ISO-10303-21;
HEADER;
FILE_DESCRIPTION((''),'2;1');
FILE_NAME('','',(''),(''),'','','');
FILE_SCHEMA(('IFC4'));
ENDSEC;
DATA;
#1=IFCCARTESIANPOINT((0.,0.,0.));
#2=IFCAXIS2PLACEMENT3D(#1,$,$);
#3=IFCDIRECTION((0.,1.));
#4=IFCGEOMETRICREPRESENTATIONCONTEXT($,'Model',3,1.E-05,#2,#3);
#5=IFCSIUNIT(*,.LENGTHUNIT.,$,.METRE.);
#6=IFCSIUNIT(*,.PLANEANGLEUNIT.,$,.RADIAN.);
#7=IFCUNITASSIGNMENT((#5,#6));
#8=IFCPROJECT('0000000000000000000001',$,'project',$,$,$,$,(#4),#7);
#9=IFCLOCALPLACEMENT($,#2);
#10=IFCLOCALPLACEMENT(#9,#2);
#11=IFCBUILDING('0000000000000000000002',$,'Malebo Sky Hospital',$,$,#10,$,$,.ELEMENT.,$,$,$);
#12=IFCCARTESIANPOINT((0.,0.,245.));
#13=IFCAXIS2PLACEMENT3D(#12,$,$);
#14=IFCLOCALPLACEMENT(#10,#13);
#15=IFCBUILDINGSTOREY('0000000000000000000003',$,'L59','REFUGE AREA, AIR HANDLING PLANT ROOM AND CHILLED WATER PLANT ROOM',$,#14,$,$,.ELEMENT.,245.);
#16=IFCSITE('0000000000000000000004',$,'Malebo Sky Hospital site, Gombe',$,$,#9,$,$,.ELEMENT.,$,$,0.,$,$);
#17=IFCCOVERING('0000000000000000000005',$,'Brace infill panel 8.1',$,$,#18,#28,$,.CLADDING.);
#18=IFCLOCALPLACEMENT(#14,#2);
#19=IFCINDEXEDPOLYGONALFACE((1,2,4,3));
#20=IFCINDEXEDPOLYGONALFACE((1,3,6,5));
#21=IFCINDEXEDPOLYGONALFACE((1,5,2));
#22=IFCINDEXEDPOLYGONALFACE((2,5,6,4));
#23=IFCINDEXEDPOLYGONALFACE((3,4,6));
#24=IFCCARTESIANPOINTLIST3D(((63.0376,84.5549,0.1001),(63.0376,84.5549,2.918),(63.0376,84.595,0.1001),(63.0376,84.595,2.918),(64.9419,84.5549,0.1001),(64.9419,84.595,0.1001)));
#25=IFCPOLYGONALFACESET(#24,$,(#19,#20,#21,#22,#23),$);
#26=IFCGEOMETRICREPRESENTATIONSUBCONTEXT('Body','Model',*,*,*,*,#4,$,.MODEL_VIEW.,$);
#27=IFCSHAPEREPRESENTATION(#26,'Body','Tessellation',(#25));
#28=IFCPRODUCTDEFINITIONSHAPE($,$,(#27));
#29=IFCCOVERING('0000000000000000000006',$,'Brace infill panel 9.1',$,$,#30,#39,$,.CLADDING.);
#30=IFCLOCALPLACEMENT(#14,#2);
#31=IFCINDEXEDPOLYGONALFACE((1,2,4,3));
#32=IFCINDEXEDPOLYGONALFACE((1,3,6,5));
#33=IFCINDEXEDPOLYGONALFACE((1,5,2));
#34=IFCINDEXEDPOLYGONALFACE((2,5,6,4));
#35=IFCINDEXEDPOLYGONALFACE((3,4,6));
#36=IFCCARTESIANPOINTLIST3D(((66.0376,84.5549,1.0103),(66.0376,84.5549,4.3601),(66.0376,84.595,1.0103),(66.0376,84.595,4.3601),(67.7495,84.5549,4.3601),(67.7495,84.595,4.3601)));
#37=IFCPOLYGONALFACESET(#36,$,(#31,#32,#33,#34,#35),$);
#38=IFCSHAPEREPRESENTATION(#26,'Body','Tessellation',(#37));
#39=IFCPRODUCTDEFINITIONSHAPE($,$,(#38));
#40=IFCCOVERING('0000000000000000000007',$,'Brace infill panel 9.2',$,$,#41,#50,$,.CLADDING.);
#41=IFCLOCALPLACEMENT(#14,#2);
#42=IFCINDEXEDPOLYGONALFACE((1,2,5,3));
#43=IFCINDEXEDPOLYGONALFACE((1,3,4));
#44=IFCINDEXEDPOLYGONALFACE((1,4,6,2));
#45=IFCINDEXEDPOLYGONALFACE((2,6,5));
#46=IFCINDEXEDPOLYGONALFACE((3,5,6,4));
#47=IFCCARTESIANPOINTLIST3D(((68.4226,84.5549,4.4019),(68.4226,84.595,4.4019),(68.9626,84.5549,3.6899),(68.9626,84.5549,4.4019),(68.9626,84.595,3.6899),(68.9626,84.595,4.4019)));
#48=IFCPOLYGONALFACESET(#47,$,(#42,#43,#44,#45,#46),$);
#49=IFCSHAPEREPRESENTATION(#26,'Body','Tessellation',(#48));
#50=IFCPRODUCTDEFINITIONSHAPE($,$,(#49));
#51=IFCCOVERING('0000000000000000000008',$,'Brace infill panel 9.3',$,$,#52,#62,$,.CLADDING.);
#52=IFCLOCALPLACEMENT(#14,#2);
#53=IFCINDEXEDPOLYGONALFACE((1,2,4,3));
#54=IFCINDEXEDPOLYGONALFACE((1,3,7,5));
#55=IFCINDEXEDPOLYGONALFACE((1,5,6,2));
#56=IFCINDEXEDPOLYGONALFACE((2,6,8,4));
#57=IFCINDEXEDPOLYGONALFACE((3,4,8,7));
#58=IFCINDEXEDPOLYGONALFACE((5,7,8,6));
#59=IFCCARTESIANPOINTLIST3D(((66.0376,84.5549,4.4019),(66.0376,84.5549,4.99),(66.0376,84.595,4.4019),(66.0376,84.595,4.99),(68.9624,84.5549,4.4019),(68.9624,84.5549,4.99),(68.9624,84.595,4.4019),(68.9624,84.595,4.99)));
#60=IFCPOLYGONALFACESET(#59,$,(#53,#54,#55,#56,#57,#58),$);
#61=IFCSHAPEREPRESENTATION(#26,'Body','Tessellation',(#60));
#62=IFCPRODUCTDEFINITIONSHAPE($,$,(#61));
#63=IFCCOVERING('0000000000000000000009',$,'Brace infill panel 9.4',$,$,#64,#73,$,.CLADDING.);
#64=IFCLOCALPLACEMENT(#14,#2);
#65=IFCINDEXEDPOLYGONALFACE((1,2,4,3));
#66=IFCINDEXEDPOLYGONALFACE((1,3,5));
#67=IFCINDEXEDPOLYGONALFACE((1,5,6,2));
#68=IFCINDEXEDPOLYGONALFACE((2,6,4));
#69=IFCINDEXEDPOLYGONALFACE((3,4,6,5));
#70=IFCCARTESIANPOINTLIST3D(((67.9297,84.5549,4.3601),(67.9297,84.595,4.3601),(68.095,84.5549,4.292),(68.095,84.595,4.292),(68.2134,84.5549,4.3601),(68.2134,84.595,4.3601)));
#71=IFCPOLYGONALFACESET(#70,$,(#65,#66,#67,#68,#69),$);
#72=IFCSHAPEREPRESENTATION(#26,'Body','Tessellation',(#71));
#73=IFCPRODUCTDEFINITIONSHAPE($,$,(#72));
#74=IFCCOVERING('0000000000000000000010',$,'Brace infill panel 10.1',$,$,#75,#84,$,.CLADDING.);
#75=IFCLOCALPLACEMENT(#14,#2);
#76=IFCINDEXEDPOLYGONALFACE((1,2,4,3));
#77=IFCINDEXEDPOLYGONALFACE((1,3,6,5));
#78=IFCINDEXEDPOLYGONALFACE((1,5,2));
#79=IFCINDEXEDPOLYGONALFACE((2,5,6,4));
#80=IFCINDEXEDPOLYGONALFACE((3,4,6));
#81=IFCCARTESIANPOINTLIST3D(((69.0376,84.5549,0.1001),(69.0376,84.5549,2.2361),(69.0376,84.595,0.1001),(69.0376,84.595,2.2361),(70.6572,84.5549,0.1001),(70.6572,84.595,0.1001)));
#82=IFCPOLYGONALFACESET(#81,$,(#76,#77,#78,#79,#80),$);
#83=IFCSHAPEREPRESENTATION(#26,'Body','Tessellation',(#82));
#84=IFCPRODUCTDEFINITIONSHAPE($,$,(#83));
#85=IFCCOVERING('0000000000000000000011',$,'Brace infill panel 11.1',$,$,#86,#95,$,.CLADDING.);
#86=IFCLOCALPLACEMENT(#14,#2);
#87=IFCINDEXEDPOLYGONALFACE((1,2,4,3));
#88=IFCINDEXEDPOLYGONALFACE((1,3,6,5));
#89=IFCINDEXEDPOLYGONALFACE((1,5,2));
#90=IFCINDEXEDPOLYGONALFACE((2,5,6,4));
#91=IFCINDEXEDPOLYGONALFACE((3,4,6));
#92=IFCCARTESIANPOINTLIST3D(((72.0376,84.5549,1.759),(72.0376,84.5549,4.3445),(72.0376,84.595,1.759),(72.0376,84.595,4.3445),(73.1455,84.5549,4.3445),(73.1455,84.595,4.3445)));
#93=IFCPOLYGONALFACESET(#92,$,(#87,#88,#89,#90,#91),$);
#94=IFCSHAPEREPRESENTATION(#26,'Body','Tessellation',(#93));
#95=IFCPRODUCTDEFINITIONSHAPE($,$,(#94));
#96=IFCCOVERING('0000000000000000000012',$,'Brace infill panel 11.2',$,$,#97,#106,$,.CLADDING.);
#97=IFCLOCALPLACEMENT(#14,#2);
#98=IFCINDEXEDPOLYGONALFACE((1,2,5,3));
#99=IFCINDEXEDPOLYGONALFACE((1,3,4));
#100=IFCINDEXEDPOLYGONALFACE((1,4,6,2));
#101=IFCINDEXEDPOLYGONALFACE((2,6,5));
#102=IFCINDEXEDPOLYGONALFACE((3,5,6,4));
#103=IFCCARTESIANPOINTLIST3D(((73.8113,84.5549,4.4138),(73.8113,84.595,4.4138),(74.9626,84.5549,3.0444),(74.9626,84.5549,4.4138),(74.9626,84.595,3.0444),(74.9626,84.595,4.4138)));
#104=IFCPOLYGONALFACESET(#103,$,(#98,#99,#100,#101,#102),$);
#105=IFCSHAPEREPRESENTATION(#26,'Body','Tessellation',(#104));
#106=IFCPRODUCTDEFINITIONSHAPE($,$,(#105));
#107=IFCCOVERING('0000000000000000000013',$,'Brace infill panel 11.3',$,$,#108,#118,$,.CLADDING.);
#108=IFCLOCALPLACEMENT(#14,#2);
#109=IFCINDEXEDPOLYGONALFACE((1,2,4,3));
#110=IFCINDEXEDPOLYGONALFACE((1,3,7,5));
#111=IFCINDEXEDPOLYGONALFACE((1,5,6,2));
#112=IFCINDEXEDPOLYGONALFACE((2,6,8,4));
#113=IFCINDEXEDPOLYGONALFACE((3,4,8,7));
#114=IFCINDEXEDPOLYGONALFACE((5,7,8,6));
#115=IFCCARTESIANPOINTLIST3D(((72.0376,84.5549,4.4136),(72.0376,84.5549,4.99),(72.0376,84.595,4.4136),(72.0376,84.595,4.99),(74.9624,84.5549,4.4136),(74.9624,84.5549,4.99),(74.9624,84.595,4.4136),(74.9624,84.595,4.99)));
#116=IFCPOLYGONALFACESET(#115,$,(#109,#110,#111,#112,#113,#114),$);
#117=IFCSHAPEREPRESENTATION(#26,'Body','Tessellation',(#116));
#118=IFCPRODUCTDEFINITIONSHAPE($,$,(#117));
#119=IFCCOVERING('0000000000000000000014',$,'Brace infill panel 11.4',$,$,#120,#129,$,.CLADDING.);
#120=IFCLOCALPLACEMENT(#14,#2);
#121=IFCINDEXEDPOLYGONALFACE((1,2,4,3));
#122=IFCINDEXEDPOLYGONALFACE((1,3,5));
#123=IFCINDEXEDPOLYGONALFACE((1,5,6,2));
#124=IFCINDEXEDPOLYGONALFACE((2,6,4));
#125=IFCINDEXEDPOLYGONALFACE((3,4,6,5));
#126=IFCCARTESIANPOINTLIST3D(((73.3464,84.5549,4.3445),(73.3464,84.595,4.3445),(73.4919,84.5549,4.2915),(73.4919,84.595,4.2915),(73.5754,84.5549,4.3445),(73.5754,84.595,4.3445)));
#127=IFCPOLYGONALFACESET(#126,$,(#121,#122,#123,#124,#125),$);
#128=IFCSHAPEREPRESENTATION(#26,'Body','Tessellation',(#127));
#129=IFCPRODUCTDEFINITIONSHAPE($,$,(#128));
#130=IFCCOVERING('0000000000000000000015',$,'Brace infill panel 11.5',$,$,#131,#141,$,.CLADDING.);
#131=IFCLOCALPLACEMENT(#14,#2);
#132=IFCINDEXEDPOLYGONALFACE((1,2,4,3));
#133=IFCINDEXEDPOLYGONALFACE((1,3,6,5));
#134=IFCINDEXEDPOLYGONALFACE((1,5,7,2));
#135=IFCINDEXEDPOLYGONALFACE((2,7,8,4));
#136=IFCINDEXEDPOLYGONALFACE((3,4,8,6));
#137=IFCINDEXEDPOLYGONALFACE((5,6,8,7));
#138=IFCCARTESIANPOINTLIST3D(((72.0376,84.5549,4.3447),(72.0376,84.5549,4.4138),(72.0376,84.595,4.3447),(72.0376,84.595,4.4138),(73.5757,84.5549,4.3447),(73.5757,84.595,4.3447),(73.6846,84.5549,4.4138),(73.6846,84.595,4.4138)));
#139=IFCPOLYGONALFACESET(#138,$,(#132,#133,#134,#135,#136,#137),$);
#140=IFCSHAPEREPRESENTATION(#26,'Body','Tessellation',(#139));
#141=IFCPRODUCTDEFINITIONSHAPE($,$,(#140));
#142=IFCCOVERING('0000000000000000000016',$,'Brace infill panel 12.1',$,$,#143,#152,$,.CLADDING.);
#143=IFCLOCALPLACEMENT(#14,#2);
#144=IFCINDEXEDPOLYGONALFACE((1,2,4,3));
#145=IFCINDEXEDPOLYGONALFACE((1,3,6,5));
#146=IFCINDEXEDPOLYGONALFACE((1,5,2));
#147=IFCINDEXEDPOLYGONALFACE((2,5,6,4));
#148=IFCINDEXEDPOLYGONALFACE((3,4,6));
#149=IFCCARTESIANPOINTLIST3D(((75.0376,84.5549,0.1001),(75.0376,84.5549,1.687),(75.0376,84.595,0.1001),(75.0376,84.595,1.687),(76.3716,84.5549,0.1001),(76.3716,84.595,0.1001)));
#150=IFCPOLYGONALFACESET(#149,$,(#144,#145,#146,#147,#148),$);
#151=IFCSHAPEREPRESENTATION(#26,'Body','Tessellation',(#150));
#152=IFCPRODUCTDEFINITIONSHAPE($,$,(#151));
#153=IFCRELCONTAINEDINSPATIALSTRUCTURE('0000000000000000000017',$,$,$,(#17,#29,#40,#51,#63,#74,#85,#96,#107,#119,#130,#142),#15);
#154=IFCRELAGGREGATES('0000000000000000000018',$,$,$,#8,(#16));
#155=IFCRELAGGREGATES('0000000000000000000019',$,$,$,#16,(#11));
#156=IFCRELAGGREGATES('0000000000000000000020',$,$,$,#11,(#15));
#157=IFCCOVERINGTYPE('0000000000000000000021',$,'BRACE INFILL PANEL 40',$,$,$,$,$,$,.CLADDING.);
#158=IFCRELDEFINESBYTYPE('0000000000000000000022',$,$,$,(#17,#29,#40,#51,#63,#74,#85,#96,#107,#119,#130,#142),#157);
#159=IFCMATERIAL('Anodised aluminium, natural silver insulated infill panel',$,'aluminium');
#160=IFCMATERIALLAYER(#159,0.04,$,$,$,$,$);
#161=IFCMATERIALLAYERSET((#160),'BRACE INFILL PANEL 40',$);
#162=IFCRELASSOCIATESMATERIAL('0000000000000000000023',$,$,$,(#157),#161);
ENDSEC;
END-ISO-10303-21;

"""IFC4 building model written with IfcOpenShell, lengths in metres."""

from ifc_helpers import new_model, si_unit, direction, frame, origin, place, context, subcontext, project, spatial, polyline, outline, extrude, material, layer, layer_set, type_object, element, save


model = new_model("IFC4")

# Units and contexts
model_context = context("Model", 3, precision=1e-05, world=origin(), true_north=direction((0.0, 1.0)))
body_context = subcontext(model_context, "Body", "Model", "MODEL_VIEW")
ifc_project = project(units=[si_unit("LENGTHUNIT", "METRE"), si_unit("PLANEANGLEUNIT", "RADIAN")], contexts=[model_context])

# Site, building, storey
site_placement = place(None, origin())
site = spatial("IfcSite", under=ifc_project, at=site_placement, Name="Malebo Sky Hospital site, Gombe", CompositionType="ELEMENT", RefElevation=0.0)
building_placement = place(site_placement, origin())
building = spatial("IfcBuilding", under=site, at=building_placement, Name="Malebo Sky Hospital", CompositionType="ELEMENT")
storey_placement = place(building_placement, frame((0.0, 0.0, 245.0)))
storey = spatial("IfcBuildingStorey", under=building, at=storey_placement, Name="L59", Description="REFUGE AREA, AIR HANDLING PLANT ROOM AND CHILLED WATER PLANT ROOM", CompositionType="ELEMENT", Elevation=245.0)

# Coverings
ifc_material_1 = material(Name="Anodised aluminium, natural silver insulated infill panel", Category="aluminium")
ifc_layer_1 = layer(ifc_material_1, 0.04)
ifc_layer_set_1 = layer_set([ifc_layer_1], Name="BRACE INFILL PANEL 40")
covering_type = type_object("IfcCoveringType", Name="BRACE INFILL PANEL 40", PredefinedType="CLADDING", material=ifc_layer_set_1)
covering_1_placement = place(storey_placement, frame((63.9897, 84.575, 0.1001), z_axis=(0.0, 0.0, 1.0), x_axis=(1.0, 0.0, 0.0)))
element("IfcCovering", 1, at=covering_1_placement, inside=storey, type_object=covering_type, Name="Brace infill panel 8.1", PredefinedType="CLADDING", context=body_context, shape_type="SweptSolid", body=[
    extrude(outline(polyline([(-0.9521, 0.0), (0.9521, 0.0), (-0.9521, 2.8179), (-0.9521, 0.0)])), frame((0.0, 0.02, 0.0), z_axis=(0.0, -1.0, 0.0), x_axis=(1.0, 0.0, 0.0)), (0.0, 0.0, 1.0), 0.04),
])
covering_2_placement = place(storey_placement, frame((66.8936, 84.575, 1.0103), z_axis=(0.0, 0.0, 1.0), x_axis=(1.0, 0.0, 0.0)))
element("IfcCovering", 2, at=covering_2_placement, inside=storey, type_object=covering_type, Name="Brace infill panel 9.1", PredefinedType="CLADDING", context=body_context, shape_type="SweptSolid", body=[
    extrude(outline(polyline([(-0.856, 0.0), (0.856, 3.3499), (-0.856, 3.3499), (-0.856, 0.0)])), frame((0.0, 0.02, 0.0), z_axis=(0.0, -1.0, 0.0), x_axis=(1.0, 0.0, 0.0)), (0.0, 0.0, 1.0), 0.04),
])
covering_3_placement = place(storey_placement, frame((68.6926, 84.575, 3.6899), z_axis=(0.0, 0.0, 1.0), x_axis=(1.0, 0.0, 0.0)))
element("IfcCovering", 3, at=covering_3_placement, inside=storey, type_object=covering_type, Name="Brace infill panel 9.2", PredefinedType="CLADDING", context=body_context, shape_type="SweptSolid", body=[
    extrude(outline(polyline([(0.27, 0.0), (0.27, 0.7119), (-0.27, 0.7119), (0.27, 0.0)])), frame((0.0, 0.02, 0.0), z_axis=(0.0, -1.0, 0.0), x_axis=(1.0, 0.0, 0.0)), (0.0, 0.0, 1.0), 0.04),
])
covering_4_placement = place(storey_placement, frame((67.5, 84.575, 4.4019), z_axis=(0.0, 0.0, 1.0), x_axis=(1.0, 0.0, 0.0)))
element("IfcCovering", 4, at=covering_4_placement, inside=storey, type_object=covering_type, Name="Brace infill panel 9.3", PredefinedType="CLADDING", context=body_context, shape_type="SweptSolid", body=[
    extrude(outline(polyline([(-1.4624, 0.0), (1.4624, 0.0), (1.4624, 0.5881), (-1.4624, 0.5881), (-1.4624, 0.0)])), frame((0.0, 0.02, 0.0), z_axis=(0.0, -1.0, 0.0), x_axis=(1.0, 0.0, 0.0)), (0.0, 0.0, 1.0), 0.04),
])
covering_5_placement = place(storey_placement, frame((68.0715, 84.575, 4.292), z_axis=(0.0, 0.0, 1.0), x_axis=(1.0, 0.0, 0.0)))
element("IfcCovering", 5, at=covering_5_placement, inside=storey, type_object=covering_type, Name="Brace infill panel 9.4", PredefinedType="CLADDING", context=body_context, shape_type="SweptSolid", body=[
    extrude(outline(polyline([(0.0234, 0.0), (0.1418, 0.0681), (-0.1418, 0.0681), (0.0234, 0.0)])), frame((0.0, 0.02, 0.0), z_axis=(0.0, -1.0, 0.0), x_axis=(1.0, 0.0, 0.0)), (0.0, 0.0, 1.0), 0.04),
])
covering_6_placement = place(storey_placement, frame((69.8474, 84.575, 0.1001), z_axis=(0.0, 0.0, 1.0), x_axis=(1.0, 0.0, 0.0)))
element("IfcCovering", 6, at=covering_6_placement, inside=storey, type_object=covering_type, Name="Brace infill panel 10.1", PredefinedType="CLADDING", context=body_context, shape_type="SweptSolid", body=[
    extrude(outline(polyline([(-0.8098, 0.0), (0.8098, 0.0), (-0.8098, 2.136), (-0.8098, 0.0)])), frame((0.0, 0.02, 0.0), z_axis=(0.0, -1.0, 0.0), x_axis=(1.0, 0.0, 0.0)), (0.0, 0.0, 1.0), 0.04),
])
covering_7_placement = place(storey_placement, frame((72.5916, 84.575, 1.759), z_axis=(0.0, 0.0, 1.0), x_axis=(1.0, 0.0, 0.0)))
element("IfcCovering", 7, at=covering_7_placement, inside=storey, type_object=covering_type, Name="Brace infill panel 11.1", PredefinedType="CLADDING", context=body_context, shape_type="SweptSolid", body=[
    extrude(outline(polyline([(-0.554, 0.0), (0.554, 2.5854), (-0.554, 2.5854), (-0.554, 0.0)])), frame((0.0, 0.02, 0.0), z_axis=(0.0, -1.0, 0.0), x_axis=(1.0, 0.0, 0.0)), (0.0, 0.0, 1.0), 0.04),
])
covering_8_placement = place(storey_placement, frame((74.387, 84.575, 3.0444), z_axis=(0.0, 0.0, 1.0), x_axis=(1.0, 0.0, 0.0)))
element("IfcCovering", 8, at=covering_8_placement, inside=storey, type_object=covering_type, Name="Brace infill panel 11.2", PredefinedType="CLADDING", context=body_context, shape_type="SweptSolid", body=[
    extrude(outline(polyline([(0.5757, 0.0), (0.5757, 1.3694), (-0.5757, 1.3694), (0.5757, 0.0)])), frame((0.0, 0.02, 0.0), z_axis=(0.0, -1.0, 0.0), x_axis=(1.0, 0.0, 0.0)), (0.0, 0.0, 1.0), 0.04),
])
covering_9_placement = place(storey_placement, frame((73.5, 84.575, 4.4136), z_axis=(0.0, 0.0, 1.0), x_axis=(1.0, 0.0, 0.0)))
element("IfcCovering", 9, at=covering_9_placement, inside=storey, type_object=covering_type, Name="Brace infill panel 11.3", PredefinedType="CLADDING", context=body_context, shape_type="SweptSolid", body=[
    extrude(outline(polyline([(-1.4624, 0.0), (1.4624, 0.0), (1.4624, 0.5764), (-1.4624, 0.5764), (-1.4624, 0.0)])), frame((0.0, 0.02, 0.0), z_axis=(0.0, -1.0, 0.0), x_axis=(1.0, 0.0, 0.0)), (0.0, 0.0, 1.0), 0.04),
])
covering_10_placement = place(storey_placement, frame((73.4609, 84.575, 4.2915), z_axis=(0.0, 0.0, 1.0), x_axis=(1.0, 0.0, 0.0)))
element("IfcCovering", 10, at=covering_10_placement, inside=storey, type_object=covering_type, Name="Brace infill panel 11.4", PredefinedType="CLADDING", context=body_context, shape_type="SweptSolid", body=[
    extrude(outline(polyline([(0.031, 0.0), (0.1145, 0.053), (-0.1145, 0.053), (0.031, 0.0)])), frame((0.0, 0.02, 0.0), z_axis=(0.0, -1.0, 0.0), x_axis=(1.0, 0.0, 0.0)), (0.0, 0.0, 1.0), 0.04),
])
covering_11_placement = place(storey_placement, frame((72.8611, 84.575, 4.3447), z_axis=(0.0, 0.0, 1.0), x_axis=(1.0, 0.0, 0.0)))
element("IfcCovering", 11, at=covering_11_placement, inside=storey, type_object=covering_type, Name="Brace infill panel 11.5", PredefinedType="CLADDING", context=body_context, shape_type="SweptSolid", body=[
    extrude(outline(polyline([(-0.8235, 0.0), (0.7146, 0.0), (0.8235, 0.0691), (-0.8235, 0.0691), (-0.8235, 0.0)])), frame((0.0, 0.02, 0.0), z_axis=(0.0, -1.0, 0.0), x_axis=(1.0, 0.0, 0.0)), (0.0, 0.0, 1.0), 0.04),
])
covering_12_placement = place(storey_placement, frame((75.7046, 84.575, 0.1001), z_axis=(0.0, 0.0, 1.0), x_axis=(1.0, 0.0, 0.0)))
element("IfcCovering", 12, at=covering_12_placement, inside=storey, type_object=covering_type, Name="Brace infill panel 12.1", PredefinedType="CLADDING", context=body_context, shape_type="SweptSolid", body=[
    extrude(outline(polyline([(-0.667, 0.0), (0.667, 0.0), (-0.667, 1.5869), (-0.667, 0.0)])), frame((0.0, 0.02, 0.0), z_axis=(0.0, -1.0, 0.0), x_axis=(1.0, 0.0, 0.0)), (0.0, 0.0, 1.0), 0.04),
])

save(model, "model.ifc")
